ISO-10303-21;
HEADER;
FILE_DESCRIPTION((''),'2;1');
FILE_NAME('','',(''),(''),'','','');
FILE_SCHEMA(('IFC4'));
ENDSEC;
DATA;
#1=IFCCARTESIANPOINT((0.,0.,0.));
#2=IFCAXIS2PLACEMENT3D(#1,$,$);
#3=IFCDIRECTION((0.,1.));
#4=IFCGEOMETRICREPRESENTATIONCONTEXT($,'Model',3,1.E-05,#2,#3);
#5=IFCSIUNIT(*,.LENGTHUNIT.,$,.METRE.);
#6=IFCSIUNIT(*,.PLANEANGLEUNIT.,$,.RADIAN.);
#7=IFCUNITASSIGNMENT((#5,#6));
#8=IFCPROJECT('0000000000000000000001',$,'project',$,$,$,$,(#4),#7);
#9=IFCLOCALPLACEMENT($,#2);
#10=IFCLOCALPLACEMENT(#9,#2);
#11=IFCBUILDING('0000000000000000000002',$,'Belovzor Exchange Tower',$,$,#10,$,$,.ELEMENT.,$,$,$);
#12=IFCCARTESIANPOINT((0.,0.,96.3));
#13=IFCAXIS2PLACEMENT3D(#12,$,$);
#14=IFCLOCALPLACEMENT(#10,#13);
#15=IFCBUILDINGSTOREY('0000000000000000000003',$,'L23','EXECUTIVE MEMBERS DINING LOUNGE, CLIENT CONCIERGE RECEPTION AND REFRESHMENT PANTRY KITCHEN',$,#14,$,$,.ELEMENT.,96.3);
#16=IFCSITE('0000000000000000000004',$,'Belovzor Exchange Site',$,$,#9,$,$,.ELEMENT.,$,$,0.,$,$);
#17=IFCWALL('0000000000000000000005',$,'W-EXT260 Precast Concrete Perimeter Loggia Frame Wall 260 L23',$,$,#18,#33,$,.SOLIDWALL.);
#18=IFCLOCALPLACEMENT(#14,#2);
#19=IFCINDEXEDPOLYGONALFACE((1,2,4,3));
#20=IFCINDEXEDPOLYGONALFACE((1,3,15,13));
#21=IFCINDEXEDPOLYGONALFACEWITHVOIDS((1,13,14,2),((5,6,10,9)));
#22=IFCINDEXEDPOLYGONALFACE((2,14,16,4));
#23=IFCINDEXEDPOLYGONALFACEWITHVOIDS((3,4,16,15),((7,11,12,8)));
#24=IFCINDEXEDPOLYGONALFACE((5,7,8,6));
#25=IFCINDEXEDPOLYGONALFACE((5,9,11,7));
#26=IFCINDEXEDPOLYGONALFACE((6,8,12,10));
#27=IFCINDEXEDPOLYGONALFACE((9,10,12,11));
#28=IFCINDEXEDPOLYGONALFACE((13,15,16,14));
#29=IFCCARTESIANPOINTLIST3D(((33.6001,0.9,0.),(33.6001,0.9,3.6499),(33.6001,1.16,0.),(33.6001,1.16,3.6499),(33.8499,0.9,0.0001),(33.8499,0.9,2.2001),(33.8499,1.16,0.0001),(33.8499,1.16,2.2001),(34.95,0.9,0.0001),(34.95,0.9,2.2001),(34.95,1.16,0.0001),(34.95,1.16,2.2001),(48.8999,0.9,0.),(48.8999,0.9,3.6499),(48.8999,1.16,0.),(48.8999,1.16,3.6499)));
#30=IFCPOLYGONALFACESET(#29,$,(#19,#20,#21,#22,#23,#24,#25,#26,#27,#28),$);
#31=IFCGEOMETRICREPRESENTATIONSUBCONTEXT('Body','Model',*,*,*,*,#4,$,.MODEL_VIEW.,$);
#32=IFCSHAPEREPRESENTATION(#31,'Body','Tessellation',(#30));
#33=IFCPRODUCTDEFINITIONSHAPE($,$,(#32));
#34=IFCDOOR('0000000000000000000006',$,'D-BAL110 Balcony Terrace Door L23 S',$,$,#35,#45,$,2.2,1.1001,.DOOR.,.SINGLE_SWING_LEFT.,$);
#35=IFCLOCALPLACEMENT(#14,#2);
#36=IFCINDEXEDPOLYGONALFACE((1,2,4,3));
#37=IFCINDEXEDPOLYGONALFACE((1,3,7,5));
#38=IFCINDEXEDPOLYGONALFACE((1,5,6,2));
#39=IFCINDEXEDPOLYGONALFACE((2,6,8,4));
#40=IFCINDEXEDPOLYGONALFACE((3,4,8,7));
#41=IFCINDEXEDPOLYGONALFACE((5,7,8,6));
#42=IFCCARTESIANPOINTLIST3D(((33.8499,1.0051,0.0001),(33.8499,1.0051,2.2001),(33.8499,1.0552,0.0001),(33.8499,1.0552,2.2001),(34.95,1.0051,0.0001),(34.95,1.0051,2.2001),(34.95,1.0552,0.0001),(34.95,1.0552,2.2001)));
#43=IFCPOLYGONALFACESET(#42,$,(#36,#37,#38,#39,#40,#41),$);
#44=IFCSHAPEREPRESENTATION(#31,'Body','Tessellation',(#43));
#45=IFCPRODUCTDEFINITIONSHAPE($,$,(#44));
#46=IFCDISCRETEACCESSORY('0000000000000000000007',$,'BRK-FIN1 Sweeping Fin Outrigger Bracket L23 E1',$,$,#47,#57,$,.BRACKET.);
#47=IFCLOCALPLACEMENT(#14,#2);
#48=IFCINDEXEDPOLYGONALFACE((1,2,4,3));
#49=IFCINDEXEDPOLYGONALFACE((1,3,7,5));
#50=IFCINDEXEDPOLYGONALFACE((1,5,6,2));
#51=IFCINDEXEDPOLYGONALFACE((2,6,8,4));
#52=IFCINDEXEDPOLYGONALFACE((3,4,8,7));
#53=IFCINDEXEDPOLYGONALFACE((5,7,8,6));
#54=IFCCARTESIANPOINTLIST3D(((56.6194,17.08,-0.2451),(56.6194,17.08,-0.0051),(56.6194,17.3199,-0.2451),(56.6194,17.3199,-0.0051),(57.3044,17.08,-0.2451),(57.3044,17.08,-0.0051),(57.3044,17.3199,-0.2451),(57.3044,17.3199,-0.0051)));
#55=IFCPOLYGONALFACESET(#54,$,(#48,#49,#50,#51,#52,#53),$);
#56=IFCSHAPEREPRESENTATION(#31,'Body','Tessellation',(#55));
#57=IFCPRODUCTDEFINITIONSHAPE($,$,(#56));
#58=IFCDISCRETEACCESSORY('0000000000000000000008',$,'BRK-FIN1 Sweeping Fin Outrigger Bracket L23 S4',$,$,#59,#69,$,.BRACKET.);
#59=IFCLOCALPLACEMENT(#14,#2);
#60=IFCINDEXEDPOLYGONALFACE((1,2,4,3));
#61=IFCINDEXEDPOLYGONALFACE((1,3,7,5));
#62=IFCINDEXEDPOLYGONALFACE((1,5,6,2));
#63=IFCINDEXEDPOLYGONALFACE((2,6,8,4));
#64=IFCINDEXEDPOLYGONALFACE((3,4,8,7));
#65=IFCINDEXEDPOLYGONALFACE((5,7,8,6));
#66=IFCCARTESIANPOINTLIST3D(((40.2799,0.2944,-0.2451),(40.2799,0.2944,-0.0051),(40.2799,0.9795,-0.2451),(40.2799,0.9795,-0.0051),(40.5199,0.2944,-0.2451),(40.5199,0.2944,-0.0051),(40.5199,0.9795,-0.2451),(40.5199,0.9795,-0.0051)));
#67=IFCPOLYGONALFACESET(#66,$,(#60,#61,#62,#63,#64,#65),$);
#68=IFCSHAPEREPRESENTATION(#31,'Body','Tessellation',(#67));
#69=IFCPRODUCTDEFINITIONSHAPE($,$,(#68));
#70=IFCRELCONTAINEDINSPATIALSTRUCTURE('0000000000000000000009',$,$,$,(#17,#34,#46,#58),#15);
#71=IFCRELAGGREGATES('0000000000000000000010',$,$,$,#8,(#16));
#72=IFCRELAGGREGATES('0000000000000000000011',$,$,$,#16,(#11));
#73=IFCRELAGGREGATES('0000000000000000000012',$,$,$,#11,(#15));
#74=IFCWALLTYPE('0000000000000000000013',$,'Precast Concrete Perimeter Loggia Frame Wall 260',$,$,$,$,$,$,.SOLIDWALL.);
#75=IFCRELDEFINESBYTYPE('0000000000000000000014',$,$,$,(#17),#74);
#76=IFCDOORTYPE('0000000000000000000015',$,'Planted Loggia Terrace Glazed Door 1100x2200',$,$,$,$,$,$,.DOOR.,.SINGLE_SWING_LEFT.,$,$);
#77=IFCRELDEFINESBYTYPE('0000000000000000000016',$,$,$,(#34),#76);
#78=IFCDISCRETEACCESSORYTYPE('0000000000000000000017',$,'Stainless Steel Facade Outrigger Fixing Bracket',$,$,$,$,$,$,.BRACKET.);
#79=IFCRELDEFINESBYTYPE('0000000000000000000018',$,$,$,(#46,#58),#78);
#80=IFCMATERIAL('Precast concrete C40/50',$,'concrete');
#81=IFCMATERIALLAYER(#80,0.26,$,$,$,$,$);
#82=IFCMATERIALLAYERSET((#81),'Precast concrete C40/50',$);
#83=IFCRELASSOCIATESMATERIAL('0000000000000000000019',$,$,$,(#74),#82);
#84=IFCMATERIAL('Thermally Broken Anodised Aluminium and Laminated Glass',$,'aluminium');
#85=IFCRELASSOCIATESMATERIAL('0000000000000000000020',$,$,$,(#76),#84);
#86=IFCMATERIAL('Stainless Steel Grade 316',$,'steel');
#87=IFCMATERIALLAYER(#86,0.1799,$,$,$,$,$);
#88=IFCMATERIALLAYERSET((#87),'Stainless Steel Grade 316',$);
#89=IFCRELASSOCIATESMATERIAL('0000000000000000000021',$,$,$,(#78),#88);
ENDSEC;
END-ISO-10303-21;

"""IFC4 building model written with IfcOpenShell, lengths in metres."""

from ifc_helpers import new_model, si_unit, direction, frame, frame_2d, origin, origin_2d, place, context, subcontext, project, spatial, rectangle, extrude, material, layer, layer_set, type_object, element, fill, save


model = new_model("IFC4")

# Units and contexts
model_context = context("Model", 3, precision=1e-05, world=origin(), true_north=direction((0.0, 1.0)))
body_context = subcontext(model_context, "Body", "Model", "MODEL_VIEW")
ifc_project = project(units=[si_unit("LENGTHUNIT", "METRE"), si_unit("PLANEANGLEUNIT", "RADIAN")], contexts=[model_context])

# Site, building, storey
site_placement = place(None, origin())
site = spatial("IfcSite", under=ifc_project, at=site_placement, Name="Belovzor Exchange Site", CompositionType="ELEMENT", RefElevation=0.0)
building_placement = place(site_placement, origin())
building = spatial("IfcBuilding", under=site, at=building_placement, Name="Belovzor Exchange Tower", CompositionType="ELEMENT")
storey_placement = place(building_placement, frame((0.0, 0.0, 96.3)))
storey = spatial("IfcBuildingStorey", under=building, at=storey_placement, Name="L23", Description="EXECUTIVE MEMBERS DINING LOUNGE, CLIENT CONCIERGE RECEPTION AND REFRESHMENT PANTRY KITCHEN", CompositionType="ELEMENT", Elevation=96.3)

# Wall, opening, door
ifc_material_1 = material(Name="Precast concrete C40/50", Category="concrete")
ifc_layer_1 = layer(ifc_material_1, 0.26)
ifc_layer_set_1 = layer_set([ifc_layer_1], Name="Precast concrete C40/50")
wall_type_1 = type_object("IfcWallType", Name="Precast Concrete Perimeter Loggia Frame Wall 260", PredefinedType="SOLIDWALL", material=ifc_layer_set_1)
wall_1_placement = place(storey_placement, frame((48.8999, 1.03, 0.0), z_axis=(0.0, 0.0, 1.0), x_axis=(-1.0, 0.0, 0.0)))
wall_1 = element("IfcWall", 1, at=wall_1_placement, inside=storey, type_object=wall_type_1, Name="W-EXT260 Precast Concrete Perimeter Loggia Frame Wall 260 L23", PredefinedType="SOLIDWALL", context=body_context, shape_type="SweptSolid", body=[
    extrude(rectangle(XDim=15.2998, YDim=0.26, at=frame_2d((7.6499, 0.0))), origin(), (0.0, 0.0, 1.0), 3.6499),
])
opening_1_placement = place(wall_1_placement, frame((13.95, 0.0, 0.0)))
opening_1 = element("IfcOpeningElement", 2, at=opening_1_placement, cuts=wall_1, PredefinedType="OPENING", context=body_context, shape_type="SweptSolid", body=[
    extrude(rectangle(XDim=1.1001, YDim=2.2, at=frame_2d((0.55, 1.1001))), frame((0.0, 0.1399, 0.0), z_axis=(0.0, -1.0, 0.0), x_axis=(1.0, 0.0, 0.0)), (0.0, 0.0, 1.0), 0.28),
])
ifc_material_2 = material(Name="Thermally Broken Anodised Aluminium and Laminated Glass", Category="aluminium")
door_type_1 = type_object("IfcDoorType", Name="Planted Loggia Terrace Glazed Door 1100x2200", OperationType="SINGLE_SWING_LEFT", PredefinedType="DOOR", material=ifc_material_2)
door_1_placement = place(opening_1_placement, origin())
door_1 = element("IfcDoor", 3, at=door_1_placement, inside=storey, type_object=door_type_1, Name="D-BAL110 Balcony Terrace Door L23 S", OperationType="SINGLE_SWING_LEFT", OverallHeight=2.2, OverallWidth=1.1001, PredefinedType="DOOR", context=body_context, shape_type="SweptSolid", body=[
    extrude(rectangle(XDim=1.1001, YDim=2.2, at=frame_2d((0.55, 1.1001))), frame((0.0, 0.0249, 0.0), z_axis=(0.0, -1.0, 0.0), x_axis=(1.0, 0.0, 0.0)), (0.0, 0.0, 1.0), 0.05),
])
fill(opening_1, door_1)

# Discrete accessories
ifc_material_3 = material(Name="Stainless Steel Grade 316", Category="steel")
ifc_layer_2 = layer(ifc_material_3, 0.1799)
ifc_layer_set_2 = layer_set([ifc_layer_2], Name="Stainless Steel Grade 316")
discrete_accessory_type = type_object("IfcDiscreteAccessoryType", Name="Stainless Steel Facade Outrigger Fixing Bracket", PredefinedType="BRACKET", material=ifc_layer_set_2)
for number, where, z_axis, x_axis, name in (
    (4, (56.9619, 17.2, -0.2451), (0.0, 0.0, 1.0), (1.0, 0.0, 0.0), "BRK-FIN1 Sweeping Fin Outrigger Bracket L23 E1"),
    (5, (40.3999, 0.637, -0.2451), (0.0, 0.0, 1.0), (0.0, 1.0, 0.0), "BRK-FIN1 Sweeping Fin Outrigger Bracket L23 S4"),
):
    element("IfcDiscreteAccessory", number, at=place(storey_placement, frame(where, z_axis=z_axis, x_axis=x_axis)), inside=storey, type_object=discrete_accessory_type, Name=name, PredefinedType="BRACKET", context=body_context, shape_type="SweptSolid", body=[
        extrude(rectangle(XDim=0.6851, YDim=0.24, at=origin_2d()), origin(), (0.0, 0.0, 1.0), 0.24),
    ])

save(model, "model.ifc")
